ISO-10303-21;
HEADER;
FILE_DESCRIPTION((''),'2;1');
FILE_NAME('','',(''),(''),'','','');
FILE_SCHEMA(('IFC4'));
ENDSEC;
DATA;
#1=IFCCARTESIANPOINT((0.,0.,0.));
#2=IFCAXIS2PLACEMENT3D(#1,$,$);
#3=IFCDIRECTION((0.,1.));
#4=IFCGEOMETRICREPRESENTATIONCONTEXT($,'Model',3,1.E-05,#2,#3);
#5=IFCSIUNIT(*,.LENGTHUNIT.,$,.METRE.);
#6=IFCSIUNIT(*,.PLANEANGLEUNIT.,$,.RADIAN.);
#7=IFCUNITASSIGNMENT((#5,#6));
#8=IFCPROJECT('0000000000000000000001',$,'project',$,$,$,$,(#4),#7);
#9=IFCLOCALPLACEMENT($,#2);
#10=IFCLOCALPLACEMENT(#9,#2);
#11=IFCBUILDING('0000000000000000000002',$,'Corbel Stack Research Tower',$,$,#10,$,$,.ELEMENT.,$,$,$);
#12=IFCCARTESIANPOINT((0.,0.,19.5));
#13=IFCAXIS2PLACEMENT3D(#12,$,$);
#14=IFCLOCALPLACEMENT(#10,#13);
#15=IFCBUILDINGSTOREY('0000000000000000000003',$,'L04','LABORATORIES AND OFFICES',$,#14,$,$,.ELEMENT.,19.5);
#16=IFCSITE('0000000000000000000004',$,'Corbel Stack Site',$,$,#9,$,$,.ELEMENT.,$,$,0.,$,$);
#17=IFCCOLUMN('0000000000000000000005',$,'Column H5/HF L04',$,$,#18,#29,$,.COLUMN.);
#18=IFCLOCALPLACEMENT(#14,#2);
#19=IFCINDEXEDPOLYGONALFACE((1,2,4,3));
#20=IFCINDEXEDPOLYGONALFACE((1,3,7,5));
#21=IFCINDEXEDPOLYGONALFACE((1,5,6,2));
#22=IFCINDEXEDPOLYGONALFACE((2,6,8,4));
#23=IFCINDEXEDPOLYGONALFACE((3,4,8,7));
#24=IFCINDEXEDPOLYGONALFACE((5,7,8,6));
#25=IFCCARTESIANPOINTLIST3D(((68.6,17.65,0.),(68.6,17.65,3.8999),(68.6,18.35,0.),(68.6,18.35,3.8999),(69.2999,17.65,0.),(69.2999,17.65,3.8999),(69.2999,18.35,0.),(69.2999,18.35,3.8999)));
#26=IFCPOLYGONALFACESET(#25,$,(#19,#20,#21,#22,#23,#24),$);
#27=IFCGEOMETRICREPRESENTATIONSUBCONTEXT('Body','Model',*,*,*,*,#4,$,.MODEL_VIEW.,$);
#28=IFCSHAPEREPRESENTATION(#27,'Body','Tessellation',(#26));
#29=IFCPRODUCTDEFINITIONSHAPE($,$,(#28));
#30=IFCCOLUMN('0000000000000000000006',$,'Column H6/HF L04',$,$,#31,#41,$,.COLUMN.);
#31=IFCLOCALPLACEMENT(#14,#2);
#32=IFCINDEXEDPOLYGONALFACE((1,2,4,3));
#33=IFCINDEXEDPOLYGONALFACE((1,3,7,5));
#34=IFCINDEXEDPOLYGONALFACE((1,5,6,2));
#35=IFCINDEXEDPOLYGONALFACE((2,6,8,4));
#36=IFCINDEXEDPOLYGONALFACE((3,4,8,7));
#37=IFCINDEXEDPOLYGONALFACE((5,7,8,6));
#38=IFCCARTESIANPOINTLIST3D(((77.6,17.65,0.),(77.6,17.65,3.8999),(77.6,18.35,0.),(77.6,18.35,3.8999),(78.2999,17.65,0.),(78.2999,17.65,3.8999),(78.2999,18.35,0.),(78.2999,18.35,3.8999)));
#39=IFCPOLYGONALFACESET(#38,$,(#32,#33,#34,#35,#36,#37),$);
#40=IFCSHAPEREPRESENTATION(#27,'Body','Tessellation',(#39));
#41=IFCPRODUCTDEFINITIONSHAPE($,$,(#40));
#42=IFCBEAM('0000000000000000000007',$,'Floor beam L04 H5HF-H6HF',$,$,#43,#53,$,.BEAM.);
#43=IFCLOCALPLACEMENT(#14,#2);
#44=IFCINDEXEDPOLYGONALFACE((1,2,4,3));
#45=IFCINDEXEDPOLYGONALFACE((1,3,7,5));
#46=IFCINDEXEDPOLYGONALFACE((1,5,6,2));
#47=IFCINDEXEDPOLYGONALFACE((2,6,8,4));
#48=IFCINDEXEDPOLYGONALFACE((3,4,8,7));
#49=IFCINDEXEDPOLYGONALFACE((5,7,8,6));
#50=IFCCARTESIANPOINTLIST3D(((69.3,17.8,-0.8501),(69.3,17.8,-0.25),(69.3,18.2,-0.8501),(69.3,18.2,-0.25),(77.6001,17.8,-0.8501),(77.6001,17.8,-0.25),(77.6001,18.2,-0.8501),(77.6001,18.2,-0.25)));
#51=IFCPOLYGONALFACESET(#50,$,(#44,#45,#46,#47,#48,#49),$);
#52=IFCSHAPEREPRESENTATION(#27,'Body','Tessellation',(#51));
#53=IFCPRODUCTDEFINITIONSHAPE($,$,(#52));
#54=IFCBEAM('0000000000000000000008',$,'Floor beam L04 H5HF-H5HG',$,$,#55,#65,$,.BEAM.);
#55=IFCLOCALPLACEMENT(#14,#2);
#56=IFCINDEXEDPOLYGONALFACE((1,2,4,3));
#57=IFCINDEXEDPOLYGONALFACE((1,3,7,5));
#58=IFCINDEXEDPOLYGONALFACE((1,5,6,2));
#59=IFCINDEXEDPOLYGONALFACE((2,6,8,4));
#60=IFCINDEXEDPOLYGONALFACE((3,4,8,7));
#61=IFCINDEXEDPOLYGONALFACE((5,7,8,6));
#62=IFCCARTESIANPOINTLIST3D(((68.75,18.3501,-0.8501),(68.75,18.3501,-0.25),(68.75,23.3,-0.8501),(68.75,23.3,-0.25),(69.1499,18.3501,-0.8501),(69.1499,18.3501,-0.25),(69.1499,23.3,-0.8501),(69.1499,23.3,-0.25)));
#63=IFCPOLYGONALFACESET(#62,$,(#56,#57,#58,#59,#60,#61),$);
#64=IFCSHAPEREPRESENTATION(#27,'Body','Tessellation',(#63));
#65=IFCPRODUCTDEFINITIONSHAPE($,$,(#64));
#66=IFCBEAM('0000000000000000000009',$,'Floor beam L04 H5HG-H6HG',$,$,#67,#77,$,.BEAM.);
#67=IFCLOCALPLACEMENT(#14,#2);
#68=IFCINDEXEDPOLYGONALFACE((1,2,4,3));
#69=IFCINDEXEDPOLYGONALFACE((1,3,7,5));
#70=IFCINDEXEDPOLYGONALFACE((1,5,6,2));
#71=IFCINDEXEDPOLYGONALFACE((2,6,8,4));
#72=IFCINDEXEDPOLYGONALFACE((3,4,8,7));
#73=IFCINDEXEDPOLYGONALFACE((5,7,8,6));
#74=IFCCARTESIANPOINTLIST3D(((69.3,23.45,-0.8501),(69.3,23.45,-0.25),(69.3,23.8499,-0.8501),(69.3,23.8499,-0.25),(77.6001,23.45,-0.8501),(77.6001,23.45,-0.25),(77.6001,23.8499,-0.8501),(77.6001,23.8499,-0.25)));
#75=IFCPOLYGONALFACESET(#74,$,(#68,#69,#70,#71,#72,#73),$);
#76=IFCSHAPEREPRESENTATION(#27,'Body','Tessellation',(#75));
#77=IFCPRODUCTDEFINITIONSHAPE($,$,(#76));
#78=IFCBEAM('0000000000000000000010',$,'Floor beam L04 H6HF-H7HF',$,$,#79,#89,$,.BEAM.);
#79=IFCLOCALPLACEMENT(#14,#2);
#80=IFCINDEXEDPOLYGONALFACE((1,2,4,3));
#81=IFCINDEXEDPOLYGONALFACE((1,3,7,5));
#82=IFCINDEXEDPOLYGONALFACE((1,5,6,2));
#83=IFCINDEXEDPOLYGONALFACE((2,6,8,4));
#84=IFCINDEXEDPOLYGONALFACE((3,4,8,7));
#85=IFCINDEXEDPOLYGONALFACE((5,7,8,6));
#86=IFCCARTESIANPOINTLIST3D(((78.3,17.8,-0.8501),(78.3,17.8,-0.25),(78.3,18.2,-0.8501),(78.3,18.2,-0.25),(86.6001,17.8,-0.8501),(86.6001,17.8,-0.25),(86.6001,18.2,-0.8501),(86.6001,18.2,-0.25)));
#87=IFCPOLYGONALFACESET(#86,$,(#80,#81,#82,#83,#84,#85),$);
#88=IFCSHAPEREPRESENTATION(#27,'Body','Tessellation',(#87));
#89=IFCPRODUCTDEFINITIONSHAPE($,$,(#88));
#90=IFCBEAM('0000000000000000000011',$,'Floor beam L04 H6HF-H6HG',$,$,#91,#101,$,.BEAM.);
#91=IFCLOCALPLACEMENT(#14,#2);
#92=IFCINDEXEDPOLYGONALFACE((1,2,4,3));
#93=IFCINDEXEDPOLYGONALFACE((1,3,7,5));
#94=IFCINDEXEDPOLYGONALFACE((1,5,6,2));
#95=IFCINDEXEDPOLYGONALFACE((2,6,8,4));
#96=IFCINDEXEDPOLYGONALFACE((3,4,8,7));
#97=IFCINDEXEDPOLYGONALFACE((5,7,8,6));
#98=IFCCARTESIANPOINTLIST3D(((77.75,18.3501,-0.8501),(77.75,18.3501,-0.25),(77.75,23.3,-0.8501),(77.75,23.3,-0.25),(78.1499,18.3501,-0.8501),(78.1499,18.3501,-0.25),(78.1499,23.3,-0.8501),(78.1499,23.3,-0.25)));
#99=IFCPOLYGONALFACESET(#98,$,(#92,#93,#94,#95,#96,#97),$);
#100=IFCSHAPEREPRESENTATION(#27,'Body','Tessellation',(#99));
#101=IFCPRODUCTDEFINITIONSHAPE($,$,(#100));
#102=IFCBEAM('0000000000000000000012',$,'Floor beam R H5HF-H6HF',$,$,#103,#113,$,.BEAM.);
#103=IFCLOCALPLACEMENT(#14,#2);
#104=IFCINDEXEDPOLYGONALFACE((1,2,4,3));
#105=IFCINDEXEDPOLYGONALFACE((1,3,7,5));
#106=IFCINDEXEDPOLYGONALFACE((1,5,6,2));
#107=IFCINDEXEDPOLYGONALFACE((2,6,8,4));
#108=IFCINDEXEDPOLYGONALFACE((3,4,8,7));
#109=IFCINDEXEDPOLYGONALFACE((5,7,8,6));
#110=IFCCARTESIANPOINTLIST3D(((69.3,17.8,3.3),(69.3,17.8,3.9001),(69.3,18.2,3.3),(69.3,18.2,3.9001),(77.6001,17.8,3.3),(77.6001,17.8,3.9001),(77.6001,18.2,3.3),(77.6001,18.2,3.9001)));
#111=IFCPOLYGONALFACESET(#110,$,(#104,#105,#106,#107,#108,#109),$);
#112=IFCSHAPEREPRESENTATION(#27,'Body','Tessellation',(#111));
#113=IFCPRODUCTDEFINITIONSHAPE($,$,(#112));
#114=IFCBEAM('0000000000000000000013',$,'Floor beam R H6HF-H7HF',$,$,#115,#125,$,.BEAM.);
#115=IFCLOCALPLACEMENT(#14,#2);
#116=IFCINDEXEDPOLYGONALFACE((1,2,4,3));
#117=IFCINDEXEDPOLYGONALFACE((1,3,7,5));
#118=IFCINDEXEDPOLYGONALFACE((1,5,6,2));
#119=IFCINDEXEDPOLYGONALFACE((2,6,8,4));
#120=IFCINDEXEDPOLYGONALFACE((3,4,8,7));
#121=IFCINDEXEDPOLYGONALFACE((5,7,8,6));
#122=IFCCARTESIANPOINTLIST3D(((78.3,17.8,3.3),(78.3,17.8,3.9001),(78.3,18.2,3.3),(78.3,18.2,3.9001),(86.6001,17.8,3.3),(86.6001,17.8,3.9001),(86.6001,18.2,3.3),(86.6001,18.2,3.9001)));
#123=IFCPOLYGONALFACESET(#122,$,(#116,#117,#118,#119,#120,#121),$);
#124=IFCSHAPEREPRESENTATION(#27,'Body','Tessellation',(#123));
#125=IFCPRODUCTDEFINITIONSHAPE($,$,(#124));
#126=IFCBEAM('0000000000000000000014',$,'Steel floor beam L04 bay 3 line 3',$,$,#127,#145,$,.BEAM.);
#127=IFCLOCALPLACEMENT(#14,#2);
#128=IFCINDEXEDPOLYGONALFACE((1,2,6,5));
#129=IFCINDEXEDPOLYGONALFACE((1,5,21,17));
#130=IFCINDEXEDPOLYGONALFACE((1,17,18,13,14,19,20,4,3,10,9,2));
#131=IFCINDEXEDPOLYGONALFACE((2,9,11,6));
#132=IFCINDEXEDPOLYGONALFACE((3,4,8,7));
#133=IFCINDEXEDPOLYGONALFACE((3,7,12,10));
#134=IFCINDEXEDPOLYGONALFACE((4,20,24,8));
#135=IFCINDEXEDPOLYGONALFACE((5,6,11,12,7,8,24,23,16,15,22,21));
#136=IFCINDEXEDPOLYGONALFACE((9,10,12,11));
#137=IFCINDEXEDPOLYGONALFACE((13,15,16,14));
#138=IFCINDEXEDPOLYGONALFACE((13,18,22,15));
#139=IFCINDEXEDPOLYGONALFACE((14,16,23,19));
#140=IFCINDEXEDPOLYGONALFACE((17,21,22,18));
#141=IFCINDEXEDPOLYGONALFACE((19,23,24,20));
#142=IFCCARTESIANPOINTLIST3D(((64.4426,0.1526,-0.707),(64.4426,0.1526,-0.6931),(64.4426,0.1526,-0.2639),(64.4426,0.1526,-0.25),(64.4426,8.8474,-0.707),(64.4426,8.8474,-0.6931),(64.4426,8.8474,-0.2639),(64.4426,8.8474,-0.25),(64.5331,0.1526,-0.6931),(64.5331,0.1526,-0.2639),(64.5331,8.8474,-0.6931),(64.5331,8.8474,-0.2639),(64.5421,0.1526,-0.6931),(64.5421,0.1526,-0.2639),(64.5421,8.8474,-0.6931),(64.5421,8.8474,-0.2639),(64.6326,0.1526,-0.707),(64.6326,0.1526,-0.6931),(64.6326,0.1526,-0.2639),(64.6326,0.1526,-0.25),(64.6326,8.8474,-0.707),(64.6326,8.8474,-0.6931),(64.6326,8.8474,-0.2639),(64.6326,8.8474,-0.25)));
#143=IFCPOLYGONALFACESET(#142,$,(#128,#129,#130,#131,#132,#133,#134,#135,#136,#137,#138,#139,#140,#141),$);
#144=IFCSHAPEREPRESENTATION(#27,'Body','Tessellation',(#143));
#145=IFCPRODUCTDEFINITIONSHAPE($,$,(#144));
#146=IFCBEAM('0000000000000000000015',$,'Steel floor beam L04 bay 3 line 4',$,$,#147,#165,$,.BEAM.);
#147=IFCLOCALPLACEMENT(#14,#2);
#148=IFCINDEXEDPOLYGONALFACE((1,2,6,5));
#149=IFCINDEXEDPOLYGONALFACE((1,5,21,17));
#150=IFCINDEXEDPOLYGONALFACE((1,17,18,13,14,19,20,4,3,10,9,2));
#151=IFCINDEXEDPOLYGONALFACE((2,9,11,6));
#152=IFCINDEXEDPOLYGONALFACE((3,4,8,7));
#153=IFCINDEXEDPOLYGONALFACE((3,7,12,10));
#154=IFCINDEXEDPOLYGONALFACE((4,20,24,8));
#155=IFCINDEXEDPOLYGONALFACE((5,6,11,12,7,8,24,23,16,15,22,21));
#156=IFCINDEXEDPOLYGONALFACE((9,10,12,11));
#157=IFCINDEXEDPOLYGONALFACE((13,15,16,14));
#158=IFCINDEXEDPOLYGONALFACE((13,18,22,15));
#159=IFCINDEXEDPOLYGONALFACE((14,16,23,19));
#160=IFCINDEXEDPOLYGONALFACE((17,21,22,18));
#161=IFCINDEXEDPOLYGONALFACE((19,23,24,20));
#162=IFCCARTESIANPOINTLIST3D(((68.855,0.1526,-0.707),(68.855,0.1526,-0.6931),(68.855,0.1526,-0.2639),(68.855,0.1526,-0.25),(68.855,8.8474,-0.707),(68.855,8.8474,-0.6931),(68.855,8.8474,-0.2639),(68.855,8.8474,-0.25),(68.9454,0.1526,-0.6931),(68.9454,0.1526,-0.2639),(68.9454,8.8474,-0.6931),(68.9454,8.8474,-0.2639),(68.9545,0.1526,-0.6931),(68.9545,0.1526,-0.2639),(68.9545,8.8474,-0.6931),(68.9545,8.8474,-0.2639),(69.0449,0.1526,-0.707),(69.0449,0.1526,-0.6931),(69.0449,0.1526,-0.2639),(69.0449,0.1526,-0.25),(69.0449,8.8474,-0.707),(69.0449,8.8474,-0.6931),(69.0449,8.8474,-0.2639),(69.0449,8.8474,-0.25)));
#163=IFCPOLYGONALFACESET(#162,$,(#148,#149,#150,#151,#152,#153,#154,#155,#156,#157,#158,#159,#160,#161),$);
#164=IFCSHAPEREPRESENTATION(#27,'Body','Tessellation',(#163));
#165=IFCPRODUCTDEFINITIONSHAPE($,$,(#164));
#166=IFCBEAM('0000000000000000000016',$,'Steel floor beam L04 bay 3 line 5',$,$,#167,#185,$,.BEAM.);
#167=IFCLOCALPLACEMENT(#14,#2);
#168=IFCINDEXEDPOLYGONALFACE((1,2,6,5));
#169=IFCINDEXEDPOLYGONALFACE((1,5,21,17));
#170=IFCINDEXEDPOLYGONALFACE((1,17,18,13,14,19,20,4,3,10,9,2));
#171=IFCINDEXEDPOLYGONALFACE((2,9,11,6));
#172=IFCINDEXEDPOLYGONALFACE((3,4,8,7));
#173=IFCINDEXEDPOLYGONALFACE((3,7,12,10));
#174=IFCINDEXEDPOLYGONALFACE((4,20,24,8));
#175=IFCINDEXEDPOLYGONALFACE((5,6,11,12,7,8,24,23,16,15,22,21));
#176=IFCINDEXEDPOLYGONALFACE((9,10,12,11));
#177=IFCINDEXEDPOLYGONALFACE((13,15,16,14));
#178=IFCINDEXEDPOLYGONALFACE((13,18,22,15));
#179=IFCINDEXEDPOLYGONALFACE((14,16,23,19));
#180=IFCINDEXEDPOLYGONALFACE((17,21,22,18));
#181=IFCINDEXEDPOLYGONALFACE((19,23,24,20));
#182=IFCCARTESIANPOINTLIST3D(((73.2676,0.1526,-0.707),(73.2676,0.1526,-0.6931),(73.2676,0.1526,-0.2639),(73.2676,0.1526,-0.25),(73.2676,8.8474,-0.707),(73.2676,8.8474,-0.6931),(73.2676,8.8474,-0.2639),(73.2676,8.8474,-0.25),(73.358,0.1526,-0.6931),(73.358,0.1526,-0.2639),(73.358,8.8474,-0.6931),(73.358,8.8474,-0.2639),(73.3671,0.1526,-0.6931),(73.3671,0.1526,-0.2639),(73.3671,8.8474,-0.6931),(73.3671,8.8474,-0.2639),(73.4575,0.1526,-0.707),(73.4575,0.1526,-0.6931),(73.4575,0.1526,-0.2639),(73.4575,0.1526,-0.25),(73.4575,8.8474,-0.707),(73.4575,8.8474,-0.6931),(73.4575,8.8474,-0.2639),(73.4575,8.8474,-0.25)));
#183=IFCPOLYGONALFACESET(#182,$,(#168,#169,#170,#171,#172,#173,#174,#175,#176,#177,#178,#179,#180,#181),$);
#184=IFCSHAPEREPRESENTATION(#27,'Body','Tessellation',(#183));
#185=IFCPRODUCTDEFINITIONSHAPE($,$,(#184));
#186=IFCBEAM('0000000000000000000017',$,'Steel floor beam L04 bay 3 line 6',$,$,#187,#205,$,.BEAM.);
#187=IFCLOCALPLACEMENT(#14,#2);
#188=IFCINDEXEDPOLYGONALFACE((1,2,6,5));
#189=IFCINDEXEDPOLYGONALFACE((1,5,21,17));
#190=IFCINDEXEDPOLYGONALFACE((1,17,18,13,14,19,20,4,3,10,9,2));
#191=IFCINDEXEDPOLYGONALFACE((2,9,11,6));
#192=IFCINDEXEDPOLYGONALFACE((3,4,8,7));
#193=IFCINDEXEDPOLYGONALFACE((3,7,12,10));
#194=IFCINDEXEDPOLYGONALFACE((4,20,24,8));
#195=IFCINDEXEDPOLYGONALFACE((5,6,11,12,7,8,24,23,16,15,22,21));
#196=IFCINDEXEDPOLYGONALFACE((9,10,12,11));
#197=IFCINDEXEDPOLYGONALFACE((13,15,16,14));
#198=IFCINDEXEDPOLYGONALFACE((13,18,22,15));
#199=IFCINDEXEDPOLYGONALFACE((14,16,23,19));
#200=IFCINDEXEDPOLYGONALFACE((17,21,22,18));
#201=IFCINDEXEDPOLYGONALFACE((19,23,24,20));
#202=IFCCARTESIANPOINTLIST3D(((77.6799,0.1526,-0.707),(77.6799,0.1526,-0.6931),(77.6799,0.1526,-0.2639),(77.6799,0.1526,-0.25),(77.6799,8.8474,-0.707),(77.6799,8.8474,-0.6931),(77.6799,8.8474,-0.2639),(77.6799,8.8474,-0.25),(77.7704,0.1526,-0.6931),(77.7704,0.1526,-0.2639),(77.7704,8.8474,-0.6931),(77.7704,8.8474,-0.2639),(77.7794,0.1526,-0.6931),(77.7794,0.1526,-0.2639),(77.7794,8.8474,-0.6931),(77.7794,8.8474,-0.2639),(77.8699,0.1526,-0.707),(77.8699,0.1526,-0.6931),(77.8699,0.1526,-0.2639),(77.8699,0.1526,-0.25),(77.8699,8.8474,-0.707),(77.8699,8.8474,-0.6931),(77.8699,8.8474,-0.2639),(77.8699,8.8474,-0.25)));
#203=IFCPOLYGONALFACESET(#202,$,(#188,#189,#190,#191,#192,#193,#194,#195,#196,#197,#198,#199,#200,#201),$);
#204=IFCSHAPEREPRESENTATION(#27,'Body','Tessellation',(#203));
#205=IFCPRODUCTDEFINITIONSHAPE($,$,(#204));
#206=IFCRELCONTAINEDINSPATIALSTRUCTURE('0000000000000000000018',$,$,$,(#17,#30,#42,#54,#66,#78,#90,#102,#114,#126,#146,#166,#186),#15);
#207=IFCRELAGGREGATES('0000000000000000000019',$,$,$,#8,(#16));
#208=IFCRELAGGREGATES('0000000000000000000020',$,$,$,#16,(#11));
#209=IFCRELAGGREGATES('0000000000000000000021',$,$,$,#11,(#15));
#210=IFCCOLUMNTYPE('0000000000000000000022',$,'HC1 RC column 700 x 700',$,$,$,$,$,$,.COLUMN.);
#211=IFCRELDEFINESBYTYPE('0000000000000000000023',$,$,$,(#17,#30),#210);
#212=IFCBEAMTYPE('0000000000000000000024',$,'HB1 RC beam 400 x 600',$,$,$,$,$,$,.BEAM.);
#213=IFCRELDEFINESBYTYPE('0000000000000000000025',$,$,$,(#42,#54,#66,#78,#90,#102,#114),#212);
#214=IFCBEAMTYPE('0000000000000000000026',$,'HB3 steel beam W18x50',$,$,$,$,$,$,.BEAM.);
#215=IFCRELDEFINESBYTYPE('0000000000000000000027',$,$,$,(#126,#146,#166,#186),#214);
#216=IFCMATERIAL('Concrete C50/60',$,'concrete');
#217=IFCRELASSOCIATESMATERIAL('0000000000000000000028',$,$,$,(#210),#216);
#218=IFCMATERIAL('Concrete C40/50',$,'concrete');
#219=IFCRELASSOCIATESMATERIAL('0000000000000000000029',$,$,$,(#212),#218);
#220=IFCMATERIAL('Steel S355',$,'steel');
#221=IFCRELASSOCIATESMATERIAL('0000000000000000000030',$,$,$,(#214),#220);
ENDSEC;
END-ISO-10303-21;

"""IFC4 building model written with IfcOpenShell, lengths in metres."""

from ifc_helpers import new_model, si_unit, direction, frame, origin, origin_2d, place, context, subcontext, project, spatial, rectangle, i_section, extrude, material, material_profile, profile_set, type_object, element, save


model = new_model("IFC4")

# Units and contexts
model_context = context("Model", 3, precision=1e-05, world=origin(), true_north=direction((0.0, 1.0)))
body_context = subcontext(model_context, "Body", "Model", "MODEL_VIEW")
ifc_project = project(units=[si_unit("LENGTHUNIT", "METRE"), si_unit("PLANEANGLEUNIT", "RADIAN")], contexts=[model_context])

# Site, building, storey
site_placement = place(None, origin())
site = spatial("IfcSite", under=ifc_project, at=site_placement, Name="Corbel Stack Site", CompositionType="ELEMENT", RefElevation=0.0)
building_placement = place(site_placement, origin())
building = spatial("IfcBuilding", under=site, at=building_placement, Name="Corbel Stack Research Tower", CompositionType="ELEMENT")
storey_placement = place(building_placement, frame((0.0, 0.0, 19.5)))
storey = spatial("IfcBuildingStorey", under=building, at=storey_placement, Name="L04", Description="LABORATORIES AND OFFICES", CompositionType="ELEMENT", Elevation=19.5)

# Columns
ifc_material_1 = material(Name="Concrete C50/60", Category="concrete")
ifc_material_profile_1 = material_profile(ifc_material_1, rectangle(XDim=0.7, YDim=0.7, at=origin_2d()), Name="RC 700 x 700")
ifc_profile_set_1 = profile_set([ifc_material_profile_1], Name="Concrete C50/60")
column_type = type_object("IfcColumnType", Name="HC1 RC column 700 x 700", PredefinedType="COLUMN", material=ifc_profile_set_1)
for number, where, z_axis, x_axis, name in (
    (1, (68.95, 18.0, 0.0), (0.0, 0.0, 1.0), (1.0, 0.0, 0.0), "Column H5/HF L04"),
    (2, (77.95, 18.0, 0.0), (0.0, 0.0, 1.0), (1.0, 0.0, 0.0), "Column H6/HF L04"),
):
    element("IfcColumn", number, at=place(storey_placement, frame(where, z_axis=z_axis, x_axis=x_axis)), inside=storey, type_object=column_type, Name=name, PredefinedType="COLUMN", context=body_context, shape_type="SweptSolid", body=[
        extrude(rectangle(XDim=0.7, YDim=0.7, at=origin_2d()), origin(), (0.0, 0.0, 1.0), 3.8999),
    ])

# Beams
ifc_material_2 = material(Name="Concrete C40/50", Category="concrete")
ifc_material_profile_2 = material_profile(ifc_material_2, rectangle(XDim=0.3999, YDim=0.6001, at=origin_2d()), Name="RC 400 x 600")
ifc_profile_set_2 = profile_set([ifc_material_profile_2], Name="Concrete C40/50")
beam_type_1 = type_object("IfcBeamType", Name="HB1 RC beam 400 x 600", PredefinedType="BEAM", material=ifc_profile_set_2)
beam_1_placement = place(storey_placement, frame((69.3, 18.0, -0.55), z_axis=(1.0, 0.0, 0.0), x_axis=(0.0, 1.0, 0.0)))
element("IfcBeam", 3, at=beam_1_placement, inside=storey, type_object=beam_type_1, Name="Floor beam L04 H5HF-H6HF", PredefinedType="BEAM", context=body_context, shape_type="SweptSolid", body=[
    extrude(rectangle(XDim=0.3999, YDim=0.6001, at=origin_2d()), origin(), (0.0, 0.0, 1.0), 8.3),
])
beam_2_placement = place(storey_placement, frame((68.95, 18.3501, -0.55), z_axis=(0.0, 1.0, 0.0), x_axis=(-1.0, 0.0, 0.0)))
element("IfcBeam", 4, at=beam_2_placement, inside=storey, type_object=beam_type_1, Name="Floor beam L04 H5HF-H5HG", PredefinedType="BEAM", context=body_context, shape_type="SweptSolid", body=[
    extrude(rectangle(XDim=0.3999, YDim=0.6001, at=origin_2d()), origin(), (0.0, 0.0, 1.0), 4.95),
])
for number, where, z_axis, x_axis, name in (
    (5, (69.3, 23.6499, -0.55), (1.0, 0.0, 0.0), (0.0, 1.0, 0.0), "Floor beam L04 H5HG-H6HG"),
    (6, (78.3, 18.0, -0.55), (1.0, 0.0, 0.0), (0.0, 1.0, 0.0), "Floor beam L04 H6HF-H7HF"),
):
    element("IfcBeam", number, at=place(storey_placement, frame(where, z_axis=z_axis, x_axis=x_axis)), inside=storey, type_object=beam_type_1, Name=name, PredefinedType="BEAM", context=body_context, shape_type="SweptSolid", body=[
        extrude(rectangle(XDim=0.3999, YDim=0.6001, at=origin_2d()), origin(), (0.0, 0.0, 1.0), 8.3),
    ])
beam_3_placement = place(storey_placement, frame((77.95, 18.3501, -0.55), z_axis=(0.0, 1.0, 0.0), x_axis=(-1.0, 0.0, 0.0)))
element("IfcBeam", 7, at=beam_3_placement, inside=storey, type_object=beam_type_1, Name="Floor beam L04 H6HF-H6HG", PredefinedType="BEAM", context=body_context, shape_type="SweptSolid", body=[
    extrude(rectangle(XDim=0.3999, YDim=0.6001, at=origin_2d()), origin(), (0.0, 0.0, 1.0), 4.95),
])
for number, where, z_axis, x_axis, name in (
    (8, (69.3, 18.0, 3.6001), (1.0, 0.0, 0.0), (0.0, 1.0, 0.0), "Floor beam R H5HF-H6HF"),
    (9, (78.3, 18.0, 3.6001), (1.0, 0.0, 0.0), (0.0, 1.0, 0.0), "Floor beam R H6HF-H7HF"),
):
    element("IfcBeam", number, at=place(storey_placement, frame(where, z_axis=z_axis, x_axis=x_axis)), inside=storey, type_object=beam_type_1, Name=name, PredefinedType="BEAM", context=body_context, shape_type="SweptSolid", body=[
        extrude(rectangle(XDim=0.3999, YDim=0.6001, at=origin_2d()), origin(), (0.0, 0.0, 1.0), 8.3),
    ])
ifc_material_3 = material(Name="Steel S355", Category="steel")
ifc_material_profile_3 = material_profile(ifc_material_3, i_section(OverallWidth=0.1899, OverallDepth=0.457, WebThickness=0.009, FlangeThickness=0.0139, at=origin_2d()), Name="W18x50")
ifc_profile_set_3 = profile_set([ifc_material_profile_3], Name="Steel S355")
beam_type_2 = type_object("IfcBeamType", Name="HB3 steel beam W18x50", PredefinedType="BEAM", material=ifc_profile_set_3)
for number, where, z_axis, x_axis, name in (
    (10, (64.5376, 0.1526, -0.4785), (0.0, 1.0, 0.0), (-1.0, 0.0, 0.0), "Steel floor beam L04 bay 3 line 3"),
    (11, (68.95, 0.1526, -0.4785), (0.0, 1.0, 0.0), (-1.0, 0.0, 0.0), "Steel floor beam L04 bay 3 line 4"),
    (12, (73.3625, 0.1526, -0.4785), (0.0, 1.0, 0.0), (-1.0, 0.0, 0.0), "Steel floor beam L04 bay 3 line 5"),
    (13, (77.7749, 0.1526, -0.4785), (0.0, 1.0, 0.0), (-1.0, 0.0, 0.0), "Steel floor beam L04 bay 3 line 6"),
):
    element("IfcBeam", number, at=place(storey_placement, frame(where, z_axis=z_axis, x_axis=x_axis)), inside=storey, type_object=beam_type_2, Name=name, PredefinedType="BEAM", context=body_context, shape_type="SweptSolid", body=[
        extrude(i_section(OverallWidth=0.1899, OverallDepth=0.457, WebThickness=0.009, FlangeThickness=0.0139, at=origin_2d()), origin(), (0.0, 0.0, 1.0), 8.6948),
    ])

save(model, "model.ifc")
